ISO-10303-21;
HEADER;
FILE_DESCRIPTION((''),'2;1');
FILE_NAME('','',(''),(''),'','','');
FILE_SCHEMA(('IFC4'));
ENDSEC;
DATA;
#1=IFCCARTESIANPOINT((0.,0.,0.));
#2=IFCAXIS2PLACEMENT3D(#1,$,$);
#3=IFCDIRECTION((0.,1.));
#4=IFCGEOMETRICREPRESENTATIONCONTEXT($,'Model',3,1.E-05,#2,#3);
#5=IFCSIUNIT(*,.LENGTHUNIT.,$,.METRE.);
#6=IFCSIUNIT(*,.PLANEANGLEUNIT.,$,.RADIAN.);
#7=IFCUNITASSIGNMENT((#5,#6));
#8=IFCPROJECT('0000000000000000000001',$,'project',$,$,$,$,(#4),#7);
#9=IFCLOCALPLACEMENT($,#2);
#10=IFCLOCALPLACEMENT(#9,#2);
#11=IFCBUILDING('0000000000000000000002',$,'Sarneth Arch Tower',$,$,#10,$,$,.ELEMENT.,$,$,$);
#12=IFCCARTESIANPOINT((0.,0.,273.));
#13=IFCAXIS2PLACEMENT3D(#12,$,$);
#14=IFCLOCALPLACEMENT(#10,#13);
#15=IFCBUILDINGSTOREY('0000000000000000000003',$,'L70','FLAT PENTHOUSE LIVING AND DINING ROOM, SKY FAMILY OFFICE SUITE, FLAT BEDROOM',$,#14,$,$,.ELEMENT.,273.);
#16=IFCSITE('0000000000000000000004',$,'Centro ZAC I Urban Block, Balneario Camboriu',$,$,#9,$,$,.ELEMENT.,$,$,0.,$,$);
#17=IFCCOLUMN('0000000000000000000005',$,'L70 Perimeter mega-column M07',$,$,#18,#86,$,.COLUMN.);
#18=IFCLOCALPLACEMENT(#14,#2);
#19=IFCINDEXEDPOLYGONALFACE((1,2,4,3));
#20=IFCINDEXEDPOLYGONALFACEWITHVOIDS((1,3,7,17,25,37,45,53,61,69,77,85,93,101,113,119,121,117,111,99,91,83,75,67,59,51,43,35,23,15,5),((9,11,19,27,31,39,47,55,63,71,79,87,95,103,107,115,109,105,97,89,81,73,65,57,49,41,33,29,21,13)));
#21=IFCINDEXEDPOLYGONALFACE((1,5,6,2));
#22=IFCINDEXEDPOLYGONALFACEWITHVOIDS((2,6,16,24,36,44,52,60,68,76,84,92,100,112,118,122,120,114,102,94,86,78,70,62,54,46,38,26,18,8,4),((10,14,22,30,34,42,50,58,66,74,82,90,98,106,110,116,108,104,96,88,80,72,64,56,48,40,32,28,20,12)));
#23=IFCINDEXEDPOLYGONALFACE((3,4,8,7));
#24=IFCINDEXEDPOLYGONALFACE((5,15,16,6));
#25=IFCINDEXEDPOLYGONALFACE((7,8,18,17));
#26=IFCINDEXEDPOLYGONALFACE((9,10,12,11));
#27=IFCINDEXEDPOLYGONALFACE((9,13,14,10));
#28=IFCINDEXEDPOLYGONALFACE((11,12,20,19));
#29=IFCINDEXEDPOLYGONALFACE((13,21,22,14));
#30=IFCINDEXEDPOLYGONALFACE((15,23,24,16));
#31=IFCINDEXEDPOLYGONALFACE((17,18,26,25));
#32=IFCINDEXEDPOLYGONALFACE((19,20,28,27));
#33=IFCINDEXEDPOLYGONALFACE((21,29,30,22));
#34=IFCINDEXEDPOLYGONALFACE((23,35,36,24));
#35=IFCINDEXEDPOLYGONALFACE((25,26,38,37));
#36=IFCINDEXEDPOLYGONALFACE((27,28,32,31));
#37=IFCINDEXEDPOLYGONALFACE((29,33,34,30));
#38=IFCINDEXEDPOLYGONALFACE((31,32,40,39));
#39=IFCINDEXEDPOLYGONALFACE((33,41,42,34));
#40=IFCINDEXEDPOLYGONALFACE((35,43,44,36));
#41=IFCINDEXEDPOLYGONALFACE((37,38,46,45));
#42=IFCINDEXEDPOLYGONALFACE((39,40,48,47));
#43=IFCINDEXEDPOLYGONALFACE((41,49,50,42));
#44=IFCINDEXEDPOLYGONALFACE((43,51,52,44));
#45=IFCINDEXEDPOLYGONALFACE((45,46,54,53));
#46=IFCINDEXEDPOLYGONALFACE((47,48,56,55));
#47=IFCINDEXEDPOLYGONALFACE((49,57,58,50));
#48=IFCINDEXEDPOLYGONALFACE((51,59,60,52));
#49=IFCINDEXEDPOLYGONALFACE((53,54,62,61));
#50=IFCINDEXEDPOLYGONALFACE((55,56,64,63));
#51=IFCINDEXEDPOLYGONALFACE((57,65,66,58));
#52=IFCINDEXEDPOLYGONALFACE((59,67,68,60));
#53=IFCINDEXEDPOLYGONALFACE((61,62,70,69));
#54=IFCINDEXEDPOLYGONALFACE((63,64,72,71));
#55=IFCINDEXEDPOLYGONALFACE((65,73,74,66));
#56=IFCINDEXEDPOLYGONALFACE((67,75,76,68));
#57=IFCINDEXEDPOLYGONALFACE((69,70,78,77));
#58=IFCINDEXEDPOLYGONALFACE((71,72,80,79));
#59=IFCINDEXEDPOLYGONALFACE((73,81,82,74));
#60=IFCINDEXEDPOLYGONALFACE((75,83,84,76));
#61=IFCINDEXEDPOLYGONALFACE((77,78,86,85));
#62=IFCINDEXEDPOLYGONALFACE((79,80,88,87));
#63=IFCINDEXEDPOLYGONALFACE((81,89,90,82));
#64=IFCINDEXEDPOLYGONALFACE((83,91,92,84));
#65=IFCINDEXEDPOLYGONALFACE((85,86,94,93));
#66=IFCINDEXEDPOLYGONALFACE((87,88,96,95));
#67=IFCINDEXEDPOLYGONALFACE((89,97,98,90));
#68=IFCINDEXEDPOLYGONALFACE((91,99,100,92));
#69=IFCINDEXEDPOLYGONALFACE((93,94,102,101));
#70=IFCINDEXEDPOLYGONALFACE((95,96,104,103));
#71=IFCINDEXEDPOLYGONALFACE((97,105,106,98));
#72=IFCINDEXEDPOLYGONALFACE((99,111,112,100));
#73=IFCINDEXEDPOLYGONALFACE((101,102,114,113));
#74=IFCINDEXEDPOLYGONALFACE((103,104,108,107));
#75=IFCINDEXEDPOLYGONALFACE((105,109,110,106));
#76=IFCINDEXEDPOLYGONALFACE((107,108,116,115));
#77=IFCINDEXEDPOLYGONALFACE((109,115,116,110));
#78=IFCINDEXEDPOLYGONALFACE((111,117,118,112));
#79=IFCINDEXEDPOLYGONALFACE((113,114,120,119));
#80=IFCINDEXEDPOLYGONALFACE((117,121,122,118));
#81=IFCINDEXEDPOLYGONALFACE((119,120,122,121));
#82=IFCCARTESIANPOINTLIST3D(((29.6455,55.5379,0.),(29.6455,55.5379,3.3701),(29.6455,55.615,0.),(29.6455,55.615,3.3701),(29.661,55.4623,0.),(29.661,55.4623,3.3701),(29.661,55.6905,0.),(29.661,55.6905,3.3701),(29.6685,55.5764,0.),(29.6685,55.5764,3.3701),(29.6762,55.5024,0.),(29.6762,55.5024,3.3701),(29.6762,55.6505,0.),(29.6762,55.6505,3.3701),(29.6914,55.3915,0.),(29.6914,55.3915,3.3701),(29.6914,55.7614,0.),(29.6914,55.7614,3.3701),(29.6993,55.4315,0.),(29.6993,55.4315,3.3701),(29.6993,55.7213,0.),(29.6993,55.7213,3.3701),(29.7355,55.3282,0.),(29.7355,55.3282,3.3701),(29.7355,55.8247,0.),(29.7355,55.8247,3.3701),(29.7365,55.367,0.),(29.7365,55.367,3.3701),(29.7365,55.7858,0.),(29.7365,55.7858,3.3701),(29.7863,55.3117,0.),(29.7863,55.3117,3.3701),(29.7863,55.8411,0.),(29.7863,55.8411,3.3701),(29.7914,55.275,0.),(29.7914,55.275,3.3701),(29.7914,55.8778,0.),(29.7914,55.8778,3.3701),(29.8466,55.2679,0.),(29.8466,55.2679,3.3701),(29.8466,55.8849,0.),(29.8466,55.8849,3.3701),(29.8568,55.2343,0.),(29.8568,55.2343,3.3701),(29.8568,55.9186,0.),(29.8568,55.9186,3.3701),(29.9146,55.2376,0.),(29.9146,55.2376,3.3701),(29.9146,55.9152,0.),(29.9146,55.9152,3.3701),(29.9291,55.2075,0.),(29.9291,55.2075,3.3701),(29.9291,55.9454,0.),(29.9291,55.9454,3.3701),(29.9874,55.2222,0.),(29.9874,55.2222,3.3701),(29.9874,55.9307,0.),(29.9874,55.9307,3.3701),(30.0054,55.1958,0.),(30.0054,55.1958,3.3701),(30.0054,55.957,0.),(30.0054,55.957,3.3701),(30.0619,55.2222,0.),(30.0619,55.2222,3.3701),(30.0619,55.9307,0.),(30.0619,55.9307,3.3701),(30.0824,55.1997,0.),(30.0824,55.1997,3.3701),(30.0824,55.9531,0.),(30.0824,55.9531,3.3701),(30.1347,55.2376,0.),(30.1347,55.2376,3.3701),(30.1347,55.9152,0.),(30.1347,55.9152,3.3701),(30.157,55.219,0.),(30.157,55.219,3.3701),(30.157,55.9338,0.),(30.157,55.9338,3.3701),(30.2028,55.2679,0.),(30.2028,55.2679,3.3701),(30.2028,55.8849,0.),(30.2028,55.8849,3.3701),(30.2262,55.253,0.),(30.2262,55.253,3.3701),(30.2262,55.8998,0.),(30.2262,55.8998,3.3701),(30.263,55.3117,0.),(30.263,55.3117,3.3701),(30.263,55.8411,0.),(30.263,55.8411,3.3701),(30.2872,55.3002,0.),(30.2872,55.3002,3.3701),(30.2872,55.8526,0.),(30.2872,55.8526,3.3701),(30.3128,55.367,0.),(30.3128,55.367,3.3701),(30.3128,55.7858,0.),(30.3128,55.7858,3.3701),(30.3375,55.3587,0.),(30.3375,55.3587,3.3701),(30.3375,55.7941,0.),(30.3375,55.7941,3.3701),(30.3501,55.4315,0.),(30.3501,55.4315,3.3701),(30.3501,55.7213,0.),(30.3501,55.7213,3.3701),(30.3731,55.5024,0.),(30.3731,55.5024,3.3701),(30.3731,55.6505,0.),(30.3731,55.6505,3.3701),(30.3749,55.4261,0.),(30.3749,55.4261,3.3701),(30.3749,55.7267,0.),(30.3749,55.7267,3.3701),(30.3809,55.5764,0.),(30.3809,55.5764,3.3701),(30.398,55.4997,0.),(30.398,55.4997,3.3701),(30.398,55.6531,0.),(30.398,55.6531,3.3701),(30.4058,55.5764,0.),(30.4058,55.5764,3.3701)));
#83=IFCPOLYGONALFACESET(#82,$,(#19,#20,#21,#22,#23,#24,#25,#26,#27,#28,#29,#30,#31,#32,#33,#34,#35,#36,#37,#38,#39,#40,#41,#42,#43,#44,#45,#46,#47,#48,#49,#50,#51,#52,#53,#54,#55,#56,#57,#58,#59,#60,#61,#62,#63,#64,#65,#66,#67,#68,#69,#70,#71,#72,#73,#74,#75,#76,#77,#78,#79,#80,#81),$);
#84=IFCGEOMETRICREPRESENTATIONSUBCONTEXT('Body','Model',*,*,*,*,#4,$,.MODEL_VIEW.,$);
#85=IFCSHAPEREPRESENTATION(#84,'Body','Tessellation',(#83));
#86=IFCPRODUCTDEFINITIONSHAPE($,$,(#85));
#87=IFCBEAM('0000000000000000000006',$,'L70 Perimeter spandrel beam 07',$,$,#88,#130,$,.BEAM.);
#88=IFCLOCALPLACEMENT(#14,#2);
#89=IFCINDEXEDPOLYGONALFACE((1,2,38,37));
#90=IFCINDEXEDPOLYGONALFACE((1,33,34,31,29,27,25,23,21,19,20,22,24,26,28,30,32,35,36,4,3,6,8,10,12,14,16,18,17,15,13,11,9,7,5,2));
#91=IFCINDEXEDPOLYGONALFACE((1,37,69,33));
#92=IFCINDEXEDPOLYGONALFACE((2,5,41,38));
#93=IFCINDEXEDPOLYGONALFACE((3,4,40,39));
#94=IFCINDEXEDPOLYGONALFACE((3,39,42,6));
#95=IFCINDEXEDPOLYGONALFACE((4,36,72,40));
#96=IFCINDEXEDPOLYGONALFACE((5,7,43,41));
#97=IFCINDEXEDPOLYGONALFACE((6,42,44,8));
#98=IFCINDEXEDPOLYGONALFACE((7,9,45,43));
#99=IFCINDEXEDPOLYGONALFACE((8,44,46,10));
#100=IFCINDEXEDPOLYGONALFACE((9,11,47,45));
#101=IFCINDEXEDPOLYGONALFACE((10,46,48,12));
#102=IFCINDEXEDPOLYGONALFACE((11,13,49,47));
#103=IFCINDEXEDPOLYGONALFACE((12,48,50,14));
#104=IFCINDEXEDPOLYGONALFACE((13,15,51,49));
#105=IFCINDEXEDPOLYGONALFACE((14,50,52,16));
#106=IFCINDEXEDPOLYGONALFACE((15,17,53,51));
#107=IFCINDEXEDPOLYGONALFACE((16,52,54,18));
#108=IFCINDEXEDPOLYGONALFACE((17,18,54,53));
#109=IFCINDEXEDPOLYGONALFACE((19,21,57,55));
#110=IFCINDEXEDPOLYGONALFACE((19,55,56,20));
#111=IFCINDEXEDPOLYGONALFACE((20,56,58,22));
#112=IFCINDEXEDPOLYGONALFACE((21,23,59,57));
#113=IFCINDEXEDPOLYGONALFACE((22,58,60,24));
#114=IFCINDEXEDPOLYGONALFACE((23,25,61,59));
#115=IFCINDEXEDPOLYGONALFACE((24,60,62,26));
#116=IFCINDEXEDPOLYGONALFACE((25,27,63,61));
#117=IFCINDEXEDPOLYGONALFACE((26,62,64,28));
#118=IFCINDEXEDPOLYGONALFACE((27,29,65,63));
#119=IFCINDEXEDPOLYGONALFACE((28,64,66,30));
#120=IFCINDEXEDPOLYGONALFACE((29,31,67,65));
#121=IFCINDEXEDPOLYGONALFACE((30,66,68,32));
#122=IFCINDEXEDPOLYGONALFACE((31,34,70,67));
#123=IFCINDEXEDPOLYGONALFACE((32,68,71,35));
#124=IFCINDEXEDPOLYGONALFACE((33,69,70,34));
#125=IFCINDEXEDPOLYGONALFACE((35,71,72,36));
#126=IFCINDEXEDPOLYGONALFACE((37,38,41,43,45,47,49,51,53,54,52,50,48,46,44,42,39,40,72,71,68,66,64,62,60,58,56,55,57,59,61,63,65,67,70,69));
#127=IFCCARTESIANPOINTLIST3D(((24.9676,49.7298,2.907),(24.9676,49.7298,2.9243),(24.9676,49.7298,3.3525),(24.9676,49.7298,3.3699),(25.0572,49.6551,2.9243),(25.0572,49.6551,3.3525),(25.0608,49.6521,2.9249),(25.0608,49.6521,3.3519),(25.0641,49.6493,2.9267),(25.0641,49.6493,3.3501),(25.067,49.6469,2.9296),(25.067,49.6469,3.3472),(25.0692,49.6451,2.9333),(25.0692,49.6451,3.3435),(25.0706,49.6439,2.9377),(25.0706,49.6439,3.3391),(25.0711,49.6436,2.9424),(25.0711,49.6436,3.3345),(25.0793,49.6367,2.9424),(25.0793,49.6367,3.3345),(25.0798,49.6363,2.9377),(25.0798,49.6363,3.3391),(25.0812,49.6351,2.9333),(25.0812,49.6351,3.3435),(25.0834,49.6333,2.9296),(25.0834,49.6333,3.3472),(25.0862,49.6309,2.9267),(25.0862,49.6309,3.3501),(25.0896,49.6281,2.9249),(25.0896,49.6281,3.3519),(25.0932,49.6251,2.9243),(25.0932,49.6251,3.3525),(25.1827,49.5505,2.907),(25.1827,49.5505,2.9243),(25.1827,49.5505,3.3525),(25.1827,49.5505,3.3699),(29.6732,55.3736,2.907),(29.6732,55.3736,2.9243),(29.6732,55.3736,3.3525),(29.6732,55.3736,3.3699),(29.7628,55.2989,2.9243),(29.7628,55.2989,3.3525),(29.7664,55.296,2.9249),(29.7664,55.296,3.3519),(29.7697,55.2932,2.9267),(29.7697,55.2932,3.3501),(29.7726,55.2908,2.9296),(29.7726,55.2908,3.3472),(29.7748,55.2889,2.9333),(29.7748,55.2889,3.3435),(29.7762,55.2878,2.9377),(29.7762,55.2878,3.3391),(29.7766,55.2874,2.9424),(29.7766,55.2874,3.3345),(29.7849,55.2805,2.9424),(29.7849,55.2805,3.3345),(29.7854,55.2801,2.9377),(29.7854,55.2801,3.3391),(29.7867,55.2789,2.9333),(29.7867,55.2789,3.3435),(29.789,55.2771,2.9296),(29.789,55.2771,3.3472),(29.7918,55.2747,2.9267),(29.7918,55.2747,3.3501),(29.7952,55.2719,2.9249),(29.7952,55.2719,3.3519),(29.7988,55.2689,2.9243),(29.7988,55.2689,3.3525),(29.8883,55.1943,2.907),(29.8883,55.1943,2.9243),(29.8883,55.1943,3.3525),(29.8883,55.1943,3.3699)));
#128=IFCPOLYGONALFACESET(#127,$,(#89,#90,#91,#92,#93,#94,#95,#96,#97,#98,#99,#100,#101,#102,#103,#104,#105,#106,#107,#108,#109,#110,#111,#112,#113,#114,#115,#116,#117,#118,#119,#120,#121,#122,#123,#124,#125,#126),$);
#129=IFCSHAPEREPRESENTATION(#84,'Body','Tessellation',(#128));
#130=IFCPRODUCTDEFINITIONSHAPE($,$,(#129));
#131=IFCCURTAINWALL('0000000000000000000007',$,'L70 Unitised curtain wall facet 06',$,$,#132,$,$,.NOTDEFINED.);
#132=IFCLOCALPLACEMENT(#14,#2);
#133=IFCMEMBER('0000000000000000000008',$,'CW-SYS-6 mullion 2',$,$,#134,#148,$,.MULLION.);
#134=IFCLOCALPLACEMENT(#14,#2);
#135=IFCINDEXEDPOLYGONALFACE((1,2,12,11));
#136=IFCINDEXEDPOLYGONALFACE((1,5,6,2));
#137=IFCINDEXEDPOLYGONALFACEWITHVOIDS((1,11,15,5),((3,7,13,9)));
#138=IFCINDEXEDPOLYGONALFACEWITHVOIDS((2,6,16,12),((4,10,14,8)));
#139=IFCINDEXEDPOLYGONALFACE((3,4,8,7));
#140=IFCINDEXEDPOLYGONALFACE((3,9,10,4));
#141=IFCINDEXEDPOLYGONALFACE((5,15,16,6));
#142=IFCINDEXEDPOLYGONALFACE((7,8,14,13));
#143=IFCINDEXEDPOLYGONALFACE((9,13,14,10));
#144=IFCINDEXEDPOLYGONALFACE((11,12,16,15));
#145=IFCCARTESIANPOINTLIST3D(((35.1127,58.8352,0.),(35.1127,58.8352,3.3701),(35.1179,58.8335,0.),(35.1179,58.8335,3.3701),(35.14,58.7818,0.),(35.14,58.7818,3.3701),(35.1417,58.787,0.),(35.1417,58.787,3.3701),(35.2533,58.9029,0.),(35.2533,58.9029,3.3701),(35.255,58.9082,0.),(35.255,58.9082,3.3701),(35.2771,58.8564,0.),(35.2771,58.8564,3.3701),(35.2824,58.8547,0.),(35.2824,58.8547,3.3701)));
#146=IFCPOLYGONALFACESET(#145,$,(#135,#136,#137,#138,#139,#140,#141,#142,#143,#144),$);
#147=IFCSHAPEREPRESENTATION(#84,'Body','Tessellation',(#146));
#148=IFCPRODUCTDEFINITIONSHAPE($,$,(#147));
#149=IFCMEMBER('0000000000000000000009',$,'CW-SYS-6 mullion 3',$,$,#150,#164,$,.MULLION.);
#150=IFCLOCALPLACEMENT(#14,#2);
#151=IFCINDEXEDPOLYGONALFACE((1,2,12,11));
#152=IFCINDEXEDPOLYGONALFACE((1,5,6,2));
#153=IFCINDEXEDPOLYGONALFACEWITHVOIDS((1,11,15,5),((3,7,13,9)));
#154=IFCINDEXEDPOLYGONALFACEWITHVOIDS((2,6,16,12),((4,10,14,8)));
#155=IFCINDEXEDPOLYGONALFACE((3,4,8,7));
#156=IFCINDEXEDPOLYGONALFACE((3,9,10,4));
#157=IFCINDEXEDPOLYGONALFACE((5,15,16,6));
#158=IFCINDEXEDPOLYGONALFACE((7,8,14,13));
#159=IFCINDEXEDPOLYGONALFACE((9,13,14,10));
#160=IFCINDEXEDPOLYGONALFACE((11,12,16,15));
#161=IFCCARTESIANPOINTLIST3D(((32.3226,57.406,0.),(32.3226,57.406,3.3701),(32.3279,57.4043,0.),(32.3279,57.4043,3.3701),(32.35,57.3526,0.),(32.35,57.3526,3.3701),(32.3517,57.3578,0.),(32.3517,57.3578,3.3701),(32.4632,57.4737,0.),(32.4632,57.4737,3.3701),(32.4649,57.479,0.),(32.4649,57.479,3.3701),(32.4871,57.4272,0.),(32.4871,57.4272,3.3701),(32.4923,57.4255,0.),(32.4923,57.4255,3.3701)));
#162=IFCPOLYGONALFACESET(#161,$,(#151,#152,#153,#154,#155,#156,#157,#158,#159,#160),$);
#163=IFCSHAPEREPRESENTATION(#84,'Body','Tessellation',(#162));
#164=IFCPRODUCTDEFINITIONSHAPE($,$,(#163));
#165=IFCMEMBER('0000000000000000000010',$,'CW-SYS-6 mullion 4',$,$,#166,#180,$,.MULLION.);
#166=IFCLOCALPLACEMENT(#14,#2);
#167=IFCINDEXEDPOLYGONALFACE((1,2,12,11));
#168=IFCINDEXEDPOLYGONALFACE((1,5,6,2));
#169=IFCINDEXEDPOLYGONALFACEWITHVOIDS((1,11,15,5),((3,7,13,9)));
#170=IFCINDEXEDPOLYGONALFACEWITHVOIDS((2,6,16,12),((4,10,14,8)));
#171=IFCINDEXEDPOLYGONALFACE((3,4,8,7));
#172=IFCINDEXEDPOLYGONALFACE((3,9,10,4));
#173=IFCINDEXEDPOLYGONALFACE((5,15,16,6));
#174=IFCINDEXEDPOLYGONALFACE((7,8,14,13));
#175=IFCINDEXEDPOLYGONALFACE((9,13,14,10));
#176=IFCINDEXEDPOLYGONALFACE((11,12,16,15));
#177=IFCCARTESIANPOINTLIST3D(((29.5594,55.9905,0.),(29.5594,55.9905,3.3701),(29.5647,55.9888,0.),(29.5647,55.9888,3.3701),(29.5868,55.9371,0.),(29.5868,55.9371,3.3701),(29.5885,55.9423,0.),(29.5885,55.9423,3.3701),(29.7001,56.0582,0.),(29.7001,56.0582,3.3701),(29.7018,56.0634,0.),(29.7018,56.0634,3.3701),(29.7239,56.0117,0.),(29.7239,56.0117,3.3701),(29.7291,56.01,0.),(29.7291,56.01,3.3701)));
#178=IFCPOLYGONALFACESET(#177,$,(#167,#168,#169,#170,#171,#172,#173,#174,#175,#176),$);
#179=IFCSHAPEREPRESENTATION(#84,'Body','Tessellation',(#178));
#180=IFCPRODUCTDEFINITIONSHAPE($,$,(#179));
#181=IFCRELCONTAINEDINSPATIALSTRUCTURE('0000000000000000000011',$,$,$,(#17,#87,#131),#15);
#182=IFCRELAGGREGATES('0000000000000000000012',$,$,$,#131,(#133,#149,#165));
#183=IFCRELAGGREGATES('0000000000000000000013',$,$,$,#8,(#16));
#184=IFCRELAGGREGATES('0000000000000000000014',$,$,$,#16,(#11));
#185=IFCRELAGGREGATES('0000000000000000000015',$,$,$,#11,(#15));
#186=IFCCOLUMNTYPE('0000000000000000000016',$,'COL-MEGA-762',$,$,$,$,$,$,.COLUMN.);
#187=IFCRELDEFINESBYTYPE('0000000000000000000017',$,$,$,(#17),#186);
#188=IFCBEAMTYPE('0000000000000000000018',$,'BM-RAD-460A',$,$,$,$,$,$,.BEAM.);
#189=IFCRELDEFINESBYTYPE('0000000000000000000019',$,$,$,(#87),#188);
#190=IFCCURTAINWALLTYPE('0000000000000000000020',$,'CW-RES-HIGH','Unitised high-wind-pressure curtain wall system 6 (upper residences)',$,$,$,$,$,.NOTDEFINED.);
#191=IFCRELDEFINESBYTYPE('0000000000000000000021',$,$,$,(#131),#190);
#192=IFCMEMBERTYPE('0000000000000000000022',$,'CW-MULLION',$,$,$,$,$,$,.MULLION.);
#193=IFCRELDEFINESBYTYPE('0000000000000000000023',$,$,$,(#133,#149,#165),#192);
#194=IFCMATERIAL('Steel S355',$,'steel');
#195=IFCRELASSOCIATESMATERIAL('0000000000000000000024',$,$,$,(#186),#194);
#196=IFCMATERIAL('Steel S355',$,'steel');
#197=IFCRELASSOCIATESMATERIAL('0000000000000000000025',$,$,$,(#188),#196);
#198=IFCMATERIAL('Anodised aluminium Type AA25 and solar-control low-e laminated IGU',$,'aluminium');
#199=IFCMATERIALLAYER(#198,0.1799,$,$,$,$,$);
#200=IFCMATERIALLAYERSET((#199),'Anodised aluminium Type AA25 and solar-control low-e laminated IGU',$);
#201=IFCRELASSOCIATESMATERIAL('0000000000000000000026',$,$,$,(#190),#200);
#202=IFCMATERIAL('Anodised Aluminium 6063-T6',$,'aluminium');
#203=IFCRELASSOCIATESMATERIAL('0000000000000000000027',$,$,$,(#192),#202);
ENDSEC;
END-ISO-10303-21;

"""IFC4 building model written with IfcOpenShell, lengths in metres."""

from ifc_helpers import new_model, si_unit, direction, frame, origin, origin_2d, place, context, subcontext, project, spatial, hollow_rectangle, hollow_circle, i_section, extrude, material, layer, layer_set, material_profile, profile_set, type_object, element, aggregate, save


model = new_model("IFC4")

# Units and contexts
model_context = context("Model", 3, precision=1e-05, world=origin(), true_north=direction((0.0, 1.0)))
body_context = subcontext(model_context, "Body", "Model", "MODEL_VIEW")
ifc_project = project(units=[si_unit("LENGTHUNIT", "METRE"), si_unit("PLANEANGLEUNIT", "RADIAN")], contexts=[model_context])

# Site, building, storey
site_placement = place(None, origin())
site = spatial("IfcSite", under=ifc_project, at=site_placement, Name="Centro ZAC I Urban Block, Balneario Camboriu", CompositionType="ELEMENT", RefElevation=0.0)
building_placement = place(site_placement, origin())
building = spatial("IfcBuilding", under=site, at=building_placement, Name="Sarneth Arch Tower", CompositionType="ELEMENT")
storey_placement = place(building_placement, frame((0.0, 0.0, 273.0)))
storey = spatial("IfcBuildingStorey", under=building, at=storey_placement, Name="L70", Description="FLAT PENTHOUSE LIVING AND DINING ROOM, SKY FAMILY OFFICE SUITE, FLAT BEDROOM", CompositionType="ELEMENT", Elevation=273.0)

# Column
ifc_material_1 = material(Name="Steel S355", Category="steel")
ifc_material_profile_1 = material_profile(ifc_material_1, hollow_circle(Radius=0.3811, WallThickness=0.0249, at=origin_2d()), Name="CHS762x25")
ifc_profile_set_1 = profile_set([ifc_material_profile_1], Name="Steel S355")
column_type = type_object("IfcColumnType", Name="COL-MEGA-762", PredefinedType="COLUMN", material=ifc_profile_set_1)
column_placement = place(storey_placement, frame((30.0247, 55.5764, 0.0), z_axis=(0.0, 0.0, 1.0), x_axis=(1.0, 0.0, 0.0)))
element("IfcColumn", 1, at=column_placement, inside=storey, type_object=column_type, Name="L70 Perimeter mega-column M07", PredefinedType="COLUMN", context=body_context, shape_type="SweptSolid", body=[
    extrude(hollow_circle(Radius=0.3811, WallThickness=0.0249, at=origin_2d()), origin(), (0.0, 0.0, 1.0), 3.3701),
])

# Beam
ifc_material_2 = material(Name="Steel S355", Category="steel")
ifc_material_profile_2 = material_profile(ifc_material_2, i_section(OverallWidth=0.28, OverallDepth=0.4629, WebThickness=0.0107, FlangeThickness=0.0173, FilletRadius=0.0181, at=origin_2d()), Name="W460x113")
ifc_profile_set_2 = profile_set([ifc_material_profile_2], Name="Steel S355")
beam_type = type_object("IfcBeamType", Name="BM-RAD-460A", PredefinedType="BEAM", material=ifc_profile_set_2)
beam_placement = place(storey_placement, frame((29.7808, 55.2839, 3.1384), z_axis=(-0.640377, -0.768061, 0.0), x_axis=(0.768061, -0.640377, 0.0)))
element("IfcBeam", 2, at=beam_placement, inside=storey, type_object=beam_type, Name="L70 Perimeter spandrel beam 07", PredefinedType="BEAM", context=body_context, shape_type="SweptSolid", body=[
    extrude(i_section(OverallWidth=0.28, OverallDepth=0.4629, WebThickness=0.0107, FlangeThickness=0.0173, FilletRadius=0.0181, at=origin_2d()), origin(), (0.0, 0.0, 1.0), 7.3481),
])

# Curtain wall, members
ifc_material_3 = material(Name="Anodised aluminium Type AA25 and solar-control low-e laminated IGU", Category="aluminium")
ifc_layer_1 = layer(ifc_material_3, 0.1799)
ifc_layer_set_1 = layer_set([ifc_layer_1], Name="Anodised aluminium Type AA25 and solar-control low-e laminated IGU")
curtain_wall_type = type_object("IfcCurtainWallType", Name="CW-RES-HIGH", Description="Unitised high-wind-pressure curtain wall system 6 (upper residences)", PredefinedType="NOTDEFINED", material=ifc_layer_set_1)
curtain_wall_placement = place(storey_placement, origin())
curtain_wall = element("IfcCurtainWall", 3, at=curtain_wall_placement, inside=storey, type_object=curtain_wall_type, Name="L70 Unitised curtain wall facet 06", PredefinedType="NOTDEFINED")
ifc_material_4 = material(Name="Anodised Aluminium 6063-T6", Category="aluminium")
ifc_material_profile_3 = material_profile(ifc_material_4, hollow_rectangle(XDim=0.0601, YDim=0.1599, WallThickness=0.0039, at=origin_2d()), Name="AL-MULL-160x60x4")
ifc_profile_set_3 = profile_set([ifc_material_profile_3], Name="Anodised Aluminium 6063-T6")
member_type_1 = type_object("IfcMemberType", Name="CW-MULLION", PredefinedType="MULLION", material=ifc_profile_set_3)
member_1_placement = place(storey_placement, frame((35.1975, 58.845, 0.0), z_axis=(0.0, 0.0, 1.0), x_axis=(0.455942, -0.89001, 0.0)))
member_1 = element("IfcMember", 4, at=member_1_placement, type_object=member_type_1, Name="CW-SYS-6 mullion 2", PredefinedType="MULLION", context=body_context, shape_type="SweptSolid", body=[
    extrude(hollow_rectangle(XDim=0.0601, YDim=0.1599, WallThickness=0.0039, at=origin_2d()), origin(), (0.0, 0.0, 1.0), 3.3701),
])
member_2_placement = place(storey_placement, frame((32.4075, 57.4158, 0.0), z_axis=(0.0, 0.0, 1.0), x_axis=(0.455942, -0.89001, 0.0)))
member_2 = element("IfcMember", 5, at=member_2_placement, type_object=member_type_1, Name="CW-SYS-6 mullion 3", PredefinedType="MULLION", context=body_context, shape_type="SweptSolid", body=[
    extrude(hollow_rectangle(XDim=0.0601, YDim=0.1599, WallThickness=0.0039, at=origin_2d()), origin(), (0.0, 0.0, 1.0), 3.3701),
])
member_3_placement = place(storey_placement, frame((29.6443, 56.0002, 0.0), z_axis=(0.0, 0.0, 1.0), x_axis=(0.455942, -0.89001, 0.0)))
member_3 = element("IfcMember", 6, at=member_3_placement, type_object=member_type_1, Name="CW-SYS-6 mullion 4", PredefinedType="MULLION", context=body_context, shape_type="SweptSolid", body=[
    extrude(hollow_rectangle(XDim=0.0601, YDim=0.1599, WallThickness=0.0039, at=origin_2d()), origin(), (0.0, 0.0, 1.0), 3.3701),
])

aggregate(curtain_wall, [member_1, member_2, member_3])

save(model, "model.ifc")
